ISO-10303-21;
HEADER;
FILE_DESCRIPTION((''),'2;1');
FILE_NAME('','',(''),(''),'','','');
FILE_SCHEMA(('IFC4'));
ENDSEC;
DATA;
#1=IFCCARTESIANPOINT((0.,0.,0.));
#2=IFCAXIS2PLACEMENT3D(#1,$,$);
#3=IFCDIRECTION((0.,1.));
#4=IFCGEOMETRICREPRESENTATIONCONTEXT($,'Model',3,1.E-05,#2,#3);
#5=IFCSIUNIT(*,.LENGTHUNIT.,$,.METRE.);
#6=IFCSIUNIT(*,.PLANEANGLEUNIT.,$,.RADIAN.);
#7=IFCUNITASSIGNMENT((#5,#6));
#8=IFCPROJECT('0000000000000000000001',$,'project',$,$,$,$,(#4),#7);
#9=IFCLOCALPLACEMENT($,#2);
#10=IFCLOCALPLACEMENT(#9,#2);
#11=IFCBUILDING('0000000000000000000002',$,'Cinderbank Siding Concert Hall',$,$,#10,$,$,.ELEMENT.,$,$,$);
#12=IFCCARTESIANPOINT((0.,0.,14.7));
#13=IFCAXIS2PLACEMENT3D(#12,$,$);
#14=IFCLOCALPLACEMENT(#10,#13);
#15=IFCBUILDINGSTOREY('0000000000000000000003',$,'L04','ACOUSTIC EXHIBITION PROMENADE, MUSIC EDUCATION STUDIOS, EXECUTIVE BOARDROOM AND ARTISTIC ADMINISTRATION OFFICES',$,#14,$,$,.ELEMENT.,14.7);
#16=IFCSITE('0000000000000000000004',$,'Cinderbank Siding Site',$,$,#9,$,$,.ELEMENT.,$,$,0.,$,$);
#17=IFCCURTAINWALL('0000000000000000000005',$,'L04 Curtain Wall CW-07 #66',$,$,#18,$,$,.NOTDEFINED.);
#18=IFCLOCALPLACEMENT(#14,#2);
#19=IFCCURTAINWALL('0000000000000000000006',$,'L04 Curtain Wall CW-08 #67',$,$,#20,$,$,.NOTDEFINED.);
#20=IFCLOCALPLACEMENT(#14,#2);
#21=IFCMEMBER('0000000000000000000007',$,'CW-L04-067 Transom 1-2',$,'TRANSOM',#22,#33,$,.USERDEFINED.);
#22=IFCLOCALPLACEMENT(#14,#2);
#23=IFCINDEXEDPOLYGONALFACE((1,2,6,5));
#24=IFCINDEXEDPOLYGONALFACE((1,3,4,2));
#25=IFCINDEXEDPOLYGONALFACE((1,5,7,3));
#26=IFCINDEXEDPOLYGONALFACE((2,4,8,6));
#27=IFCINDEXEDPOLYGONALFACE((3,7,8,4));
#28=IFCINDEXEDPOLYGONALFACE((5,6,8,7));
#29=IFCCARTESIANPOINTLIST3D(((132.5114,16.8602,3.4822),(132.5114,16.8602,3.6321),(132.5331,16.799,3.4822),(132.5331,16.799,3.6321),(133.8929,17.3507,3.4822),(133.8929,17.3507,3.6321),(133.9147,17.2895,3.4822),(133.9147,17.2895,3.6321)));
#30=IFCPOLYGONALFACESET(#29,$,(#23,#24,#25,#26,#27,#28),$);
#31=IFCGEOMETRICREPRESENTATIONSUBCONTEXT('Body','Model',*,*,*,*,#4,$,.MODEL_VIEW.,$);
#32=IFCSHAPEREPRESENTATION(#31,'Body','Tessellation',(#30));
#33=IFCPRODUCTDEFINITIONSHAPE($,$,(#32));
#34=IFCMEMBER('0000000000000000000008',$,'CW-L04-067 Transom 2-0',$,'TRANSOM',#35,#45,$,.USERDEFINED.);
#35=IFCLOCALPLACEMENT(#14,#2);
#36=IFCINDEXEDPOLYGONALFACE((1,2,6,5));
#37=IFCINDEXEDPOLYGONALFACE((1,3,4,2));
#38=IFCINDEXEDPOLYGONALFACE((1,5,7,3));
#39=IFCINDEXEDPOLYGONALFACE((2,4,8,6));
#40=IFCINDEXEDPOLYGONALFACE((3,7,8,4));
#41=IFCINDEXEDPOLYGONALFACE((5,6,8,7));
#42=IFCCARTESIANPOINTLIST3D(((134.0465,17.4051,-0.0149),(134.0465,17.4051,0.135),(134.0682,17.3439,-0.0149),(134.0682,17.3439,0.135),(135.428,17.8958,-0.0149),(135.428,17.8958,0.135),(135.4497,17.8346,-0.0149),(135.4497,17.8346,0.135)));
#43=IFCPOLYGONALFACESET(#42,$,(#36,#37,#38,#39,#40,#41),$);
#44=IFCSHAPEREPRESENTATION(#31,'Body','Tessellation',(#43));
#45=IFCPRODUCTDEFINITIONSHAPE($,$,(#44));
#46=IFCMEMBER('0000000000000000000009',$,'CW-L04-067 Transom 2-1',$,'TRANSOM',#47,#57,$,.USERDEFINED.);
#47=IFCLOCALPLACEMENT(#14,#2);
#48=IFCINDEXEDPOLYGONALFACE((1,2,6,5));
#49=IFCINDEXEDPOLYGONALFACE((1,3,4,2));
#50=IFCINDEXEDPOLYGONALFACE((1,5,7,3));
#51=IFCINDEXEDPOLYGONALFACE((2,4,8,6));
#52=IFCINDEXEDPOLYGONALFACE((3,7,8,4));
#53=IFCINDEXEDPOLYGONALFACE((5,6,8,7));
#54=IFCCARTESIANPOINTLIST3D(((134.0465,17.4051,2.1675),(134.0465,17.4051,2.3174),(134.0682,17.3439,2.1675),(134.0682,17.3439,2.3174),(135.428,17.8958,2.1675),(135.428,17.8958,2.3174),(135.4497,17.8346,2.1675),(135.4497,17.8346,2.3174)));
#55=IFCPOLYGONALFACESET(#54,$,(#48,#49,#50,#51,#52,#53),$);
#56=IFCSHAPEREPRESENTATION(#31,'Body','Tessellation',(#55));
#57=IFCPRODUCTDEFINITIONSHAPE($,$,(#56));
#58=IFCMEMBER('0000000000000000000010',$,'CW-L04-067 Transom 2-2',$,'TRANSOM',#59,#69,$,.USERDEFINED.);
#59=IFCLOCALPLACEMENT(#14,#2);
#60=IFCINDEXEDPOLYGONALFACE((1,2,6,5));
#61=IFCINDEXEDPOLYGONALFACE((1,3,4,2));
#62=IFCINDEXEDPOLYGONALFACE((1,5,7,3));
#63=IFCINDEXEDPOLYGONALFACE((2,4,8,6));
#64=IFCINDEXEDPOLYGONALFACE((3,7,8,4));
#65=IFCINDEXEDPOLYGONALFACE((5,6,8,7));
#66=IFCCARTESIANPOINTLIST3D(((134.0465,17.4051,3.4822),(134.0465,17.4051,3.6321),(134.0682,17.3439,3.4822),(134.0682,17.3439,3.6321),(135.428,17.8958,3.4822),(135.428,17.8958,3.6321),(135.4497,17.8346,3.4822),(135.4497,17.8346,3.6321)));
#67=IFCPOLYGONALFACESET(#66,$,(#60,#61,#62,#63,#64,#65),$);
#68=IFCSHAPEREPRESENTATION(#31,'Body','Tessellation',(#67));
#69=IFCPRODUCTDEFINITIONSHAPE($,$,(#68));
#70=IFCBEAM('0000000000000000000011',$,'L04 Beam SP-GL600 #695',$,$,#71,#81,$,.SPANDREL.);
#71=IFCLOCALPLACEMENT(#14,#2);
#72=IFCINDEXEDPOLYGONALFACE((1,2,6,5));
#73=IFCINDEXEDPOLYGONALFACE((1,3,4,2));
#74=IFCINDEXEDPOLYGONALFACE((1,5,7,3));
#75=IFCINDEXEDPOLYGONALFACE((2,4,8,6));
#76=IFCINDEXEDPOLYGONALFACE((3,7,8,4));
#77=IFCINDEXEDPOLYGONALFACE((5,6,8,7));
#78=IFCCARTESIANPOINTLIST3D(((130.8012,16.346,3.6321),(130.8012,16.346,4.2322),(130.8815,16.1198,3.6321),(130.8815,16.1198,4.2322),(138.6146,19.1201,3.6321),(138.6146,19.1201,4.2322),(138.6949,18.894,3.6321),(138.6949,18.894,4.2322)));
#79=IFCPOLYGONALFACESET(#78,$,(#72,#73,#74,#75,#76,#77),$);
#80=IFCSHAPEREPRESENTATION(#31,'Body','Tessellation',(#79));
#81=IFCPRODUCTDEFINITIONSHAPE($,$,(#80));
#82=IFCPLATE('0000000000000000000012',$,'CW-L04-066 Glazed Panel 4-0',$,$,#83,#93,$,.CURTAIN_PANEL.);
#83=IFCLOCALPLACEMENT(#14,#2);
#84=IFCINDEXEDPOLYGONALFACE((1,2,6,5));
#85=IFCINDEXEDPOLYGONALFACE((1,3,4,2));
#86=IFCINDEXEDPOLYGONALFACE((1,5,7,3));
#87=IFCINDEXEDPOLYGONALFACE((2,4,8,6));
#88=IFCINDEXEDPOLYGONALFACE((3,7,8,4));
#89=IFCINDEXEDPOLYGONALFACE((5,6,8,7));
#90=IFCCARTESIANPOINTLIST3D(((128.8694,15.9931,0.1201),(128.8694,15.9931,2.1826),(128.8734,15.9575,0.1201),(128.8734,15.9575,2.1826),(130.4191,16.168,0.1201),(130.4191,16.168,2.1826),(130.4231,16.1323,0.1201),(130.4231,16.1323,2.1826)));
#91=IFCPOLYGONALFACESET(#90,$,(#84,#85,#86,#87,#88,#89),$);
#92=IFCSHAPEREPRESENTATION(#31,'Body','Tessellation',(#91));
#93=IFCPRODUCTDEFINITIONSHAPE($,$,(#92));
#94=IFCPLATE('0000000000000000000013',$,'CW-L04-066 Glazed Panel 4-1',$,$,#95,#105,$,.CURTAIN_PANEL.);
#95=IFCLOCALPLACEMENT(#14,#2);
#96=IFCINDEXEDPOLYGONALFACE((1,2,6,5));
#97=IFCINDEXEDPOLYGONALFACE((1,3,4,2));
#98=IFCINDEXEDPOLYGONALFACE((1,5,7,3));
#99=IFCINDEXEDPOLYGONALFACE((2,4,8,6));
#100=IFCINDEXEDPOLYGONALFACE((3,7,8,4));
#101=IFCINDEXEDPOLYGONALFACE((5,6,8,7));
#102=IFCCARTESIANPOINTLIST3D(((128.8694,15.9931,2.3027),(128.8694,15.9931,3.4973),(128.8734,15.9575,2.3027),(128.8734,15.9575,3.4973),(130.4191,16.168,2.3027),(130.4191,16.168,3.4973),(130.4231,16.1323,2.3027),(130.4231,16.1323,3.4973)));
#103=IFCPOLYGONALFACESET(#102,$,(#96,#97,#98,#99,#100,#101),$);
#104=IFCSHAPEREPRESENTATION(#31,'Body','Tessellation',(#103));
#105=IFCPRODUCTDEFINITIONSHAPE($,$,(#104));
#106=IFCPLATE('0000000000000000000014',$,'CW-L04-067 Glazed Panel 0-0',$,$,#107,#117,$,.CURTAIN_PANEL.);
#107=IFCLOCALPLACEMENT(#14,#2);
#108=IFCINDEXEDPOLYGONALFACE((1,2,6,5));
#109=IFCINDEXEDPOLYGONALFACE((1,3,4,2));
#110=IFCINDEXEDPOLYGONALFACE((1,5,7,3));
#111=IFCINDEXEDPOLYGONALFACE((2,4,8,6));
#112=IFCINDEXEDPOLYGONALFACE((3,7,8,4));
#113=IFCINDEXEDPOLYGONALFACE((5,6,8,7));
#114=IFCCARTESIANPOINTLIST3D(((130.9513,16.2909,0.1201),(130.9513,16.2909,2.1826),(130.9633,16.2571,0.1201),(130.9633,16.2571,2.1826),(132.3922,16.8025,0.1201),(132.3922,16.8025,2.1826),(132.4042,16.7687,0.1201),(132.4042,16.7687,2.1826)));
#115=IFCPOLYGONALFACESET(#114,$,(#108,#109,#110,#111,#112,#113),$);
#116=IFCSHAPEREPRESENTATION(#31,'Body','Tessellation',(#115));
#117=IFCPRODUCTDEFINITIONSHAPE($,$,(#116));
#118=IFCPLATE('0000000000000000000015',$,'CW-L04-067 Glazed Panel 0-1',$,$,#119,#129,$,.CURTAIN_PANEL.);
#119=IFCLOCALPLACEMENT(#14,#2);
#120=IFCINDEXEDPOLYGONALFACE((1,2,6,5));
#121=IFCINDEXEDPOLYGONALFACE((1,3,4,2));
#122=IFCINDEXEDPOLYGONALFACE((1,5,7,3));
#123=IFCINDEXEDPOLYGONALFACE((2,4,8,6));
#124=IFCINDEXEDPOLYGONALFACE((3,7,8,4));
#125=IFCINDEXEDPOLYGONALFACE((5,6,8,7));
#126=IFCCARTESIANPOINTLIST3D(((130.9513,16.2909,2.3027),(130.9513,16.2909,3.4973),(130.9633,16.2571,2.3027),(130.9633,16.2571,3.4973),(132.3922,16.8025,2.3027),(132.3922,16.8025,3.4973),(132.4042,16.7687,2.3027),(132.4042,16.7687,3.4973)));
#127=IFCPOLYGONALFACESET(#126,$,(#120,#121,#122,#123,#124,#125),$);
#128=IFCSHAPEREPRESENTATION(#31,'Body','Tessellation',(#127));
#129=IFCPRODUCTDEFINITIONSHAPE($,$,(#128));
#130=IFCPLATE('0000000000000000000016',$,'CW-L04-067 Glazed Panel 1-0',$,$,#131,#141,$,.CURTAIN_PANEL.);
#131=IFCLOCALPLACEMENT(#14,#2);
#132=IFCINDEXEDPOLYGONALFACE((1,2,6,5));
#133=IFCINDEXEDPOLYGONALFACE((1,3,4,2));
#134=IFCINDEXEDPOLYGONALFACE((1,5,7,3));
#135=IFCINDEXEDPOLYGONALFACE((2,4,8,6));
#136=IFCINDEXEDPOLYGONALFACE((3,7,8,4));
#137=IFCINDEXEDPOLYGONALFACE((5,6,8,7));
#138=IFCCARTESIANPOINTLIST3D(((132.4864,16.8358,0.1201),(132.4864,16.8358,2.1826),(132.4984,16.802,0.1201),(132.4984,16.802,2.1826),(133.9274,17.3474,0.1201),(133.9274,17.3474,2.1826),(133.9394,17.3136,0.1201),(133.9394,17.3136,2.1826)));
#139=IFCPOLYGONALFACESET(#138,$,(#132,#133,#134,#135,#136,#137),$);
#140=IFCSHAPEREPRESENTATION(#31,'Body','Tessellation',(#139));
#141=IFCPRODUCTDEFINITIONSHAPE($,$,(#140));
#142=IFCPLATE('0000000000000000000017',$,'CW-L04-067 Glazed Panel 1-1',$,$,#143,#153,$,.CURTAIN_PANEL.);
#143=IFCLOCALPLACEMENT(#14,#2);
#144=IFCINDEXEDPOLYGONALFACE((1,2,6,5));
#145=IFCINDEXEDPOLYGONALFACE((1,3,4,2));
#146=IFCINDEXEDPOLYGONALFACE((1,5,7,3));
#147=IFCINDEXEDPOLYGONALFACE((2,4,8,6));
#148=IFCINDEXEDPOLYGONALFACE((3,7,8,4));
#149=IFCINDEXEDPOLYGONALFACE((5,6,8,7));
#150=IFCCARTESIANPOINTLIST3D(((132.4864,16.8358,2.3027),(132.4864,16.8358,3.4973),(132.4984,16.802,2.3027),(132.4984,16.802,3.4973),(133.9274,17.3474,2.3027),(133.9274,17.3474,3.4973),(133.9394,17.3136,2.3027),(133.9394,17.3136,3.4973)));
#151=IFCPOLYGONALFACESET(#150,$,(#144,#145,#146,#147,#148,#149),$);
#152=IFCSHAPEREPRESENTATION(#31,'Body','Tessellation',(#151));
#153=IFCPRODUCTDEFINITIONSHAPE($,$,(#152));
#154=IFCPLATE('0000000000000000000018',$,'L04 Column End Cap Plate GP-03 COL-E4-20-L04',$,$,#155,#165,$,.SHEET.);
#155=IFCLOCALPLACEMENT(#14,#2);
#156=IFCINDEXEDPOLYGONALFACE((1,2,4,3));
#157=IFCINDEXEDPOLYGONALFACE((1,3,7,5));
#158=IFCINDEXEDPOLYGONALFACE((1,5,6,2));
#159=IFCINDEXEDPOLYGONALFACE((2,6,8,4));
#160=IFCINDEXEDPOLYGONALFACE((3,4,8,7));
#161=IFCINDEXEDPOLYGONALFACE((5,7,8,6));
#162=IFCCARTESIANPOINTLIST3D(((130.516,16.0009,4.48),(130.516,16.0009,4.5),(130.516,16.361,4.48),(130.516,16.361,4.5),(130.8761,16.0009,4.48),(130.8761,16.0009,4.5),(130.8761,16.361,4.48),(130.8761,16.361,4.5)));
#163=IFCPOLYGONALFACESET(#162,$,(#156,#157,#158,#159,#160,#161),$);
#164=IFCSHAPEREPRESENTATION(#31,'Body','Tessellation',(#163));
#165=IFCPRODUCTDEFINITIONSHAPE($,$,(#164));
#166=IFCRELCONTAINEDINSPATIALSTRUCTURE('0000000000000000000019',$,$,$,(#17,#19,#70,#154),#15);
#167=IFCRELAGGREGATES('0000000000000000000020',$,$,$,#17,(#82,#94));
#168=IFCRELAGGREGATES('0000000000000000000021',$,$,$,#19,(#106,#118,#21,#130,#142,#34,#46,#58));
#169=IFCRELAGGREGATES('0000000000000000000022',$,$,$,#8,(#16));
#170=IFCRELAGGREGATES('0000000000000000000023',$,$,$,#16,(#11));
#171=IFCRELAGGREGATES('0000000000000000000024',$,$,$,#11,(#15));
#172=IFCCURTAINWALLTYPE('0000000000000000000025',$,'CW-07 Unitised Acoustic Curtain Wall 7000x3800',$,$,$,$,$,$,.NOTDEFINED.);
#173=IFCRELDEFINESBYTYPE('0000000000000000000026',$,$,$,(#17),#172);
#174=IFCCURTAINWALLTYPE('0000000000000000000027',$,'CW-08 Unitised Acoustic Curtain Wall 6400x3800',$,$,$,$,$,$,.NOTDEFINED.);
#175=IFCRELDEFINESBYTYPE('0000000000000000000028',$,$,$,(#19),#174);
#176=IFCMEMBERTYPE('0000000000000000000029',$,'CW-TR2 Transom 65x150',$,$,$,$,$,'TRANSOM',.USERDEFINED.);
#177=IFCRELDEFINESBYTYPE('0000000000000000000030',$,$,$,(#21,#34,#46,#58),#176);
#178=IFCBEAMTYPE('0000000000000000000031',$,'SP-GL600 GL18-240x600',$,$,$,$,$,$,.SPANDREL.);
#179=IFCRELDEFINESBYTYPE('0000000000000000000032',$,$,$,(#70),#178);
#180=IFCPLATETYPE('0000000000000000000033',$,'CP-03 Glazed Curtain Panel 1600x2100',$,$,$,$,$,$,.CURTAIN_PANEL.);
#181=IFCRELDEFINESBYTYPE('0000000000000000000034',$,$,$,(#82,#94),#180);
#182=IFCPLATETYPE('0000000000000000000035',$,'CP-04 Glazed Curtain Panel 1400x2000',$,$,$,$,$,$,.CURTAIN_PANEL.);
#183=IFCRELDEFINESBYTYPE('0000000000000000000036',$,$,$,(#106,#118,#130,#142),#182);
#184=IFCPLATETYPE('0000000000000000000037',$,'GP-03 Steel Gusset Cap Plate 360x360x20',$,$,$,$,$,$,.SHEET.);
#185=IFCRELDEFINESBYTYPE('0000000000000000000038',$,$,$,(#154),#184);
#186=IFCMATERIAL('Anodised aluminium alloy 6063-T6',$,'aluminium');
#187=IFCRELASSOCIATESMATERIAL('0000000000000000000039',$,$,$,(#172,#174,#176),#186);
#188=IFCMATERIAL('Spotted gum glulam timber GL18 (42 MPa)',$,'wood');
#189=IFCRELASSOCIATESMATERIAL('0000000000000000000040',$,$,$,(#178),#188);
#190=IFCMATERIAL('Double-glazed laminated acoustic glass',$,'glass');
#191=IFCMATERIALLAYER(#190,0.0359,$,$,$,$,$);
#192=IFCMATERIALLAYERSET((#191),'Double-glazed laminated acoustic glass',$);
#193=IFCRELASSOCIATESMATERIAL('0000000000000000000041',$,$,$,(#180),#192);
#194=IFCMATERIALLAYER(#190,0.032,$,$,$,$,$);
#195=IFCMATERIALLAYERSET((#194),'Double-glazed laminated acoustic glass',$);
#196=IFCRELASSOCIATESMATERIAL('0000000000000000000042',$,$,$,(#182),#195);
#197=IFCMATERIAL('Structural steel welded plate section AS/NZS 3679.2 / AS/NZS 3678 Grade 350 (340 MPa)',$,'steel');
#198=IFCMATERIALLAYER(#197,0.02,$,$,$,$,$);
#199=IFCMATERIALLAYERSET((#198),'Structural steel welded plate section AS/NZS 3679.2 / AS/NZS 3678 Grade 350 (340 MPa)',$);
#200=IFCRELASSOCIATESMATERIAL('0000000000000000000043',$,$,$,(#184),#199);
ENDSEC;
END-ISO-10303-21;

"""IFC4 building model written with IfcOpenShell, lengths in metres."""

from ifc_helpers import new_model, si_unit, direction, frame, origin, origin_2d, place, context, subcontext, project, spatial, rectangle, extrude, material, layer, layer_set, material_profile, profile_set, type_object, element, aggregate, save


model = new_model("IFC4")

# Units and contexts
model_context = context("Model", 3, precision=1e-05, world=origin(), true_north=direction((0.0, 1.0)))
body_context = subcontext(model_context, "Body", "Model", "MODEL_VIEW")
ifc_project = project(units=[si_unit("LENGTHUNIT", "METRE"), si_unit("PLANEANGLEUNIT", "RADIAN")], contexts=[model_context])

# Site, building, storey
site_placement = place(None, origin())
site = spatial("IfcSite", under=ifc_project, at=site_placement, Name="Cinderbank Siding Site", CompositionType="ELEMENT", RefElevation=0.0)
building_placement = place(site_placement, origin())
building = spatial("IfcBuilding", under=site, at=building_placement, Name="Cinderbank Siding Concert Hall", CompositionType="ELEMENT")
storey_placement = place(building_placement, frame((0.0, 0.0, 14.7)))
storey = spatial("IfcBuildingStorey", under=building, at=storey_placement, Name="L04", Description="ACOUSTIC EXHIBITION PROMENADE, MUSIC EDUCATION STUDIOS, EXECUTIVE BOARDROOM AND ARTISTIC ADMINISTRATION OFFICES", CompositionType="ELEMENT", Elevation=14.7)

# Curtain wall
ifc_material_1 = material(Name="Anodised aluminium alloy 6063-T6", Category="aluminium")
curtain_wall_type_1 = type_object("IfcCurtainWallType", Name="CW-07 Unitised Acoustic Curtain Wall 7000x3800", PredefinedType="NOTDEFINED", material=ifc_material_1)
curtain_wall_1_placement = place(storey_placement, origin())
curtain_wall_1 = element("IfcCurtainWall", 1, at=curtain_wall_1_placement, inside=storey, type_object=curtain_wall_type_1, Name="L04 Curtain Wall CW-07 #66", PredefinedType="NOTDEFINED")

# Curtain wall
curtain_wall_type_2 = type_object("IfcCurtainWallType", Name="CW-08 Unitised Acoustic Curtain Wall 6400x3800", PredefinedType="NOTDEFINED", material=ifc_material_1)
curtain_wall_2_placement = place(storey_placement, origin())
curtain_wall_2 = element("IfcCurtainWall", 2, at=curtain_wall_2_placement, inside=storey, type_object=curtain_wall_type_2, Name="L04 Curtain Wall CW-08 #67", PredefinedType="NOTDEFINED")

# Members
ifc_material_profile_1 = material_profile(ifc_material_1, rectangle(XDim=0.0649, YDim=0.1499, at=origin_2d()), Name="ALU-TRAN-65x150", Category="LoadBearing")
ifc_profile_set_1 = profile_set([ifc_material_profile_1], Name="Anodised aluminium alloy 6063-T6")
member_type_1 = type_object("IfcMemberType", Name="CW-TR2 Transom 65x150", ElementType="TRANSOM", PredefinedType="USERDEFINED", material=ifc_profile_set_1)
member_1_placement = place(storey_placement, frame((132.5222, 16.8296, 3.5571), z_axis=(0.942377, 0.334553, 0.0), x_axis=(-0.334553, 0.942377, 0.0)))
member_1 = element("IfcMember", 3, at=member_1_placement, type_object=member_type_1, Name="CW-L04-067 Transom 1-2", ObjectType="TRANSOM", PredefinedType="USERDEFINED", context=body_context, shape_type="SweptSolid", body=[
    extrude(rectangle(XDim=0.0649, YDim=0.1499, at=origin_2d()), origin(), (0.0, 0.0, 1.0), 1.4661),
])
member_2_placement = place(storey_placement, frame((134.0574, 17.3745, 0.0601), z_axis=(0.942324, 0.334701, 0.0), x_axis=(-0.334701, 0.942324, 0.0)))
member_2 = element("IfcMember", 4, at=member_2_placement, type_object=member_type_1, Name="CW-L04-067 Transom 2-0", ObjectType="TRANSOM", PredefinedType="USERDEFINED", context=body_context, shape_type="SweptSolid", body=[
    extrude(rectangle(XDim=0.0649, YDim=0.1499, at=origin_2d()), origin(), (0.0, 0.0, 1.0), 1.4661),
])
member_3_placement = place(storey_placement, frame((134.0574, 17.3745, 2.2424), z_axis=(0.942324, 0.334701, 0.0), x_axis=(-0.334701, 0.942324, 0.0)))
member_3 = element("IfcMember", 5, at=member_3_placement, type_object=member_type_1, Name="CW-L04-067 Transom 2-1", ObjectType="TRANSOM", PredefinedType="USERDEFINED", context=body_context, shape_type="SweptSolid", body=[
    extrude(rectangle(XDim=0.0649, YDim=0.1499, at=origin_2d()), origin(), (0.0, 0.0, 1.0), 1.4661),
])
member_4_placement = place(storey_placement, frame((134.0574, 17.3745, 3.5571), z_axis=(0.942324, 0.334701, 0.0), x_axis=(-0.334701, 0.942324, 0.0)))
member_4 = element("IfcMember", 6, at=member_4_placement, type_object=member_type_1, Name="CW-L04-067 Transom 2-2", ObjectType="TRANSOM", PredefinedType="USERDEFINED", context=body_context, shape_type="SweptSolid", body=[
    extrude(rectangle(XDim=0.0649, YDim=0.1499, at=origin_2d()), origin(), (0.0, 0.0, 1.0), 1.4661),
])

# Beam
ifc_material_2 = material(Name="Spotted gum glulam timber GL18 (42 MPa)", Category="wood")
ifc_material_profile_2 = material_profile(ifc_material_2, rectangle(XDim=0.24, YDim=0.6001, at=origin_2d()), Name="GL18-240x600", Category="LoadBearing")
ifc_profile_set_2 = profile_set([ifc_material_profile_2], Name="Spotted gum glulam timber GL18 (42 MPa)")
beam_type = type_object("IfcBeamType", Name="SP-GL600 GL18-240x600", PredefinedType="SPANDREL", material=ifc_profile_set_2)
beam_placement = place(storey_placement, frame((130.8413, 16.2329, 3.9321), z_axis=(0.942365, 0.334586, 0.0), x_axis=(-0.334586, 0.942365, 0.0)))
element("IfcBeam", 7, at=beam_placement, inside=storey, type_object=beam_type, Name="L04 Beam SP-GL600 #695", PredefinedType="SPANDREL", context=body_context, shape_type="SweptSolid", body=[
    extrude(rectangle(XDim=0.24, YDim=0.6001, at=origin_2d()), origin(), (0.0, 0.0, 1.0), 8.2913),
])

# Plates
ifc_material_3 = material(Name="Double-glazed laminated acoustic glass", Category="glass")
ifc_layer_1 = layer(ifc_material_3, 0.0359)
ifc_layer_set_1 = layer_set([ifc_layer_1], Name="Double-glazed laminated acoustic glass")
plate_type_1 = type_object("IfcPlateType", Name="CP-03 Glazed Curtain Panel 1600x2100", PredefinedType="CURTAIN_PANEL", material=ifc_layer_set_1)
plate_1_placement = place(storey_placement, frame((129.6462, 16.0627, 0.1201), z_axis=(0.0, 0.0, 1.0), x_axis=(0.993694, 0.112129, 0.0)))
plate_1 = element("IfcPlate", 8, at=plate_1_placement, type_object=plate_type_1, Name="CW-L04-066 Glazed Panel 4-0", PredefinedType="CURTAIN_PANEL", context=body_context, shape_type="SweptSolid", body=[
    extrude(rectangle(XDim=1.5596, YDim=0.0359, at=origin_2d()), origin(), (0.0, 0.0, 1.0), 2.0625),
])
plate_2_placement = place(storey_placement, frame((129.6462, 16.0627, 2.3027), z_axis=(0.0, 0.0, 1.0), x_axis=(0.993694, 0.112129, 0.0)))
plate_2 = element("IfcPlate", 9, at=plate_2_placement, type_object=plate_type_1, Name="CW-L04-066 Glazed Panel 4-1", PredefinedType="CURTAIN_PANEL", context=body_context, shape_type="SweptSolid", body=[
    extrude(rectangle(XDim=1.5596, YDim=0.0359, at=origin_2d()), origin(), (0.0, 0.0, 1.0), 1.1946),
])
aggregate(curtain_wall_1, [plate_1, plate_2])
ifc_layer_2 = layer(ifc_material_3, 0.032)
ifc_layer_set_2 = layer_set([ifc_layer_2], Name="Double-glazed laminated acoustic glass")
plate_type_2 = type_object("IfcPlateType", Name="CP-04 Glazed Curtain Panel 1400x2000", PredefinedType="CURTAIN_PANEL", material=ifc_layer_set_2)
plate_3_placement = place(storey_placement, frame((131.6777, 16.5298, 0.1201), z_axis=(0.0, 0.0, 1.0), x_axis=(0.942366, 0.334585, 0.0)))
plate_3 = element("IfcPlate", 10, at=plate_3_placement, type_object=plate_type_2, Name="CW-L04-067 Glazed Panel 0-0", PredefinedType="CURTAIN_PANEL", context=body_context, shape_type="SweptSolid", body=[
    extrude(rectangle(XDim=1.5291, YDim=0.0359, at=origin_2d()), origin(), (0.0, 0.0, 1.0), 2.0625),
])
plate_4_placement = place(storey_placement, frame((131.6777, 16.5298, 2.3027), z_axis=(0.0, 0.0, 1.0), x_axis=(0.942366, 0.334585, 0.0)))
plate_4 = element("IfcPlate", 11, at=plate_4_placement, type_object=plate_type_2, Name="CW-L04-067 Glazed Panel 0-1", PredefinedType="CURTAIN_PANEL", context=body_context, shape_type="SweptSolid", body=[
    extrude(rectangle(XDim=1.5291, YDim=0.0359, at=origin_2d()), origin(), (0.0, 0.0, 1.0), 1.1946),
])
plate_5_placement = place(storey_placement, frame((133.2129, 17.0747, 0.1201), z_axis=(0.0, 0.0, 1.0), x_axis=(0.942366, 0.334585, 0.0)))
plate_5 = element("IfcPlate", 12, at=plate_5_placement, type_object=plate_type_2, Name="CW-L04-067 Glazed Panel 1-0", PredefinedType="CURTAIN_PANEL", context=body_context, shape_type="SweptSolid", body=[
    extrude(rectangle(XDim=1.5291, YDim=0.0359, at=origin_2d()), origin(), (0.0, 0.0, 1.0), 2.0625),
])
plate_6_placement = place(storey_placement, frame((133.2129, 17.0747, 2.3027), z_axis=(0.0, 0.0, 1.0), x_axis=(0.942366, 0.334585, 0.0)))
plate_6 = element("IfcPlate", 13, at=plate_6_placement, type_object=plate_type_2, Name="CW-L04-067 Glazed Panel 1-1", PredefinedType="CURTAIN_PANEL", context=body_context, shape_type="SweptSolid", body=[
    extrude(rectangle(XDim=1.5291, YDim=0.0359, at=origin_2d()), origin(), (0.0, 0.0, 1.0), 1.1946),
])
aggregate(curtain_wall_2, [plate_3, plate_4, member_1, plate_5, plate_6, member_2, member_3, member_4])
ifc_material_4 = material(Name="Structural steel welded plate section AS/NZS 3679.2 / AS/NZS 3678 Grade 350 (340 MPa)", Category="steel")
ifc_layer_3 = layer(ifc_material_4, 0.02)
ifc_layer_set_3 = layer_set([ifc_layer_3], Name="Structural steel welded plate section AS/NZS 3679.2 / AS/NZS 3678 Grade 350 (340 MPa)")
plate_type_3 = type_object("IfcPlateType", Name="GP-03 Steel Gusset Cap Plate 360x360x20", PredefinedType="SHEET", material=ifc_layer_set_3)
plate_7_placement = place(storey_placement, frame((130.696, 16.1809, 4.48), z_axis=(0.0, 0.0, 1.0), x_axis=(1.0, 0.0, 0.0)))
element("IfcPlate", 14, at=plate_7_placement, inside=storey, type_object=plate_type_3, Name="L04 Column End Cap Plate GP-03 COL-E4-20-L04", PredefinedType="SHEET", context=body_context, shape_type="SweptSolid", body=[
    extrude(rectangle(XDim=0.3601, YDim=0.3601, at=origin_2d()), origin(), (0.0, 0.0, 1.0), 0.02),
])

save(model, "model.ifc")
